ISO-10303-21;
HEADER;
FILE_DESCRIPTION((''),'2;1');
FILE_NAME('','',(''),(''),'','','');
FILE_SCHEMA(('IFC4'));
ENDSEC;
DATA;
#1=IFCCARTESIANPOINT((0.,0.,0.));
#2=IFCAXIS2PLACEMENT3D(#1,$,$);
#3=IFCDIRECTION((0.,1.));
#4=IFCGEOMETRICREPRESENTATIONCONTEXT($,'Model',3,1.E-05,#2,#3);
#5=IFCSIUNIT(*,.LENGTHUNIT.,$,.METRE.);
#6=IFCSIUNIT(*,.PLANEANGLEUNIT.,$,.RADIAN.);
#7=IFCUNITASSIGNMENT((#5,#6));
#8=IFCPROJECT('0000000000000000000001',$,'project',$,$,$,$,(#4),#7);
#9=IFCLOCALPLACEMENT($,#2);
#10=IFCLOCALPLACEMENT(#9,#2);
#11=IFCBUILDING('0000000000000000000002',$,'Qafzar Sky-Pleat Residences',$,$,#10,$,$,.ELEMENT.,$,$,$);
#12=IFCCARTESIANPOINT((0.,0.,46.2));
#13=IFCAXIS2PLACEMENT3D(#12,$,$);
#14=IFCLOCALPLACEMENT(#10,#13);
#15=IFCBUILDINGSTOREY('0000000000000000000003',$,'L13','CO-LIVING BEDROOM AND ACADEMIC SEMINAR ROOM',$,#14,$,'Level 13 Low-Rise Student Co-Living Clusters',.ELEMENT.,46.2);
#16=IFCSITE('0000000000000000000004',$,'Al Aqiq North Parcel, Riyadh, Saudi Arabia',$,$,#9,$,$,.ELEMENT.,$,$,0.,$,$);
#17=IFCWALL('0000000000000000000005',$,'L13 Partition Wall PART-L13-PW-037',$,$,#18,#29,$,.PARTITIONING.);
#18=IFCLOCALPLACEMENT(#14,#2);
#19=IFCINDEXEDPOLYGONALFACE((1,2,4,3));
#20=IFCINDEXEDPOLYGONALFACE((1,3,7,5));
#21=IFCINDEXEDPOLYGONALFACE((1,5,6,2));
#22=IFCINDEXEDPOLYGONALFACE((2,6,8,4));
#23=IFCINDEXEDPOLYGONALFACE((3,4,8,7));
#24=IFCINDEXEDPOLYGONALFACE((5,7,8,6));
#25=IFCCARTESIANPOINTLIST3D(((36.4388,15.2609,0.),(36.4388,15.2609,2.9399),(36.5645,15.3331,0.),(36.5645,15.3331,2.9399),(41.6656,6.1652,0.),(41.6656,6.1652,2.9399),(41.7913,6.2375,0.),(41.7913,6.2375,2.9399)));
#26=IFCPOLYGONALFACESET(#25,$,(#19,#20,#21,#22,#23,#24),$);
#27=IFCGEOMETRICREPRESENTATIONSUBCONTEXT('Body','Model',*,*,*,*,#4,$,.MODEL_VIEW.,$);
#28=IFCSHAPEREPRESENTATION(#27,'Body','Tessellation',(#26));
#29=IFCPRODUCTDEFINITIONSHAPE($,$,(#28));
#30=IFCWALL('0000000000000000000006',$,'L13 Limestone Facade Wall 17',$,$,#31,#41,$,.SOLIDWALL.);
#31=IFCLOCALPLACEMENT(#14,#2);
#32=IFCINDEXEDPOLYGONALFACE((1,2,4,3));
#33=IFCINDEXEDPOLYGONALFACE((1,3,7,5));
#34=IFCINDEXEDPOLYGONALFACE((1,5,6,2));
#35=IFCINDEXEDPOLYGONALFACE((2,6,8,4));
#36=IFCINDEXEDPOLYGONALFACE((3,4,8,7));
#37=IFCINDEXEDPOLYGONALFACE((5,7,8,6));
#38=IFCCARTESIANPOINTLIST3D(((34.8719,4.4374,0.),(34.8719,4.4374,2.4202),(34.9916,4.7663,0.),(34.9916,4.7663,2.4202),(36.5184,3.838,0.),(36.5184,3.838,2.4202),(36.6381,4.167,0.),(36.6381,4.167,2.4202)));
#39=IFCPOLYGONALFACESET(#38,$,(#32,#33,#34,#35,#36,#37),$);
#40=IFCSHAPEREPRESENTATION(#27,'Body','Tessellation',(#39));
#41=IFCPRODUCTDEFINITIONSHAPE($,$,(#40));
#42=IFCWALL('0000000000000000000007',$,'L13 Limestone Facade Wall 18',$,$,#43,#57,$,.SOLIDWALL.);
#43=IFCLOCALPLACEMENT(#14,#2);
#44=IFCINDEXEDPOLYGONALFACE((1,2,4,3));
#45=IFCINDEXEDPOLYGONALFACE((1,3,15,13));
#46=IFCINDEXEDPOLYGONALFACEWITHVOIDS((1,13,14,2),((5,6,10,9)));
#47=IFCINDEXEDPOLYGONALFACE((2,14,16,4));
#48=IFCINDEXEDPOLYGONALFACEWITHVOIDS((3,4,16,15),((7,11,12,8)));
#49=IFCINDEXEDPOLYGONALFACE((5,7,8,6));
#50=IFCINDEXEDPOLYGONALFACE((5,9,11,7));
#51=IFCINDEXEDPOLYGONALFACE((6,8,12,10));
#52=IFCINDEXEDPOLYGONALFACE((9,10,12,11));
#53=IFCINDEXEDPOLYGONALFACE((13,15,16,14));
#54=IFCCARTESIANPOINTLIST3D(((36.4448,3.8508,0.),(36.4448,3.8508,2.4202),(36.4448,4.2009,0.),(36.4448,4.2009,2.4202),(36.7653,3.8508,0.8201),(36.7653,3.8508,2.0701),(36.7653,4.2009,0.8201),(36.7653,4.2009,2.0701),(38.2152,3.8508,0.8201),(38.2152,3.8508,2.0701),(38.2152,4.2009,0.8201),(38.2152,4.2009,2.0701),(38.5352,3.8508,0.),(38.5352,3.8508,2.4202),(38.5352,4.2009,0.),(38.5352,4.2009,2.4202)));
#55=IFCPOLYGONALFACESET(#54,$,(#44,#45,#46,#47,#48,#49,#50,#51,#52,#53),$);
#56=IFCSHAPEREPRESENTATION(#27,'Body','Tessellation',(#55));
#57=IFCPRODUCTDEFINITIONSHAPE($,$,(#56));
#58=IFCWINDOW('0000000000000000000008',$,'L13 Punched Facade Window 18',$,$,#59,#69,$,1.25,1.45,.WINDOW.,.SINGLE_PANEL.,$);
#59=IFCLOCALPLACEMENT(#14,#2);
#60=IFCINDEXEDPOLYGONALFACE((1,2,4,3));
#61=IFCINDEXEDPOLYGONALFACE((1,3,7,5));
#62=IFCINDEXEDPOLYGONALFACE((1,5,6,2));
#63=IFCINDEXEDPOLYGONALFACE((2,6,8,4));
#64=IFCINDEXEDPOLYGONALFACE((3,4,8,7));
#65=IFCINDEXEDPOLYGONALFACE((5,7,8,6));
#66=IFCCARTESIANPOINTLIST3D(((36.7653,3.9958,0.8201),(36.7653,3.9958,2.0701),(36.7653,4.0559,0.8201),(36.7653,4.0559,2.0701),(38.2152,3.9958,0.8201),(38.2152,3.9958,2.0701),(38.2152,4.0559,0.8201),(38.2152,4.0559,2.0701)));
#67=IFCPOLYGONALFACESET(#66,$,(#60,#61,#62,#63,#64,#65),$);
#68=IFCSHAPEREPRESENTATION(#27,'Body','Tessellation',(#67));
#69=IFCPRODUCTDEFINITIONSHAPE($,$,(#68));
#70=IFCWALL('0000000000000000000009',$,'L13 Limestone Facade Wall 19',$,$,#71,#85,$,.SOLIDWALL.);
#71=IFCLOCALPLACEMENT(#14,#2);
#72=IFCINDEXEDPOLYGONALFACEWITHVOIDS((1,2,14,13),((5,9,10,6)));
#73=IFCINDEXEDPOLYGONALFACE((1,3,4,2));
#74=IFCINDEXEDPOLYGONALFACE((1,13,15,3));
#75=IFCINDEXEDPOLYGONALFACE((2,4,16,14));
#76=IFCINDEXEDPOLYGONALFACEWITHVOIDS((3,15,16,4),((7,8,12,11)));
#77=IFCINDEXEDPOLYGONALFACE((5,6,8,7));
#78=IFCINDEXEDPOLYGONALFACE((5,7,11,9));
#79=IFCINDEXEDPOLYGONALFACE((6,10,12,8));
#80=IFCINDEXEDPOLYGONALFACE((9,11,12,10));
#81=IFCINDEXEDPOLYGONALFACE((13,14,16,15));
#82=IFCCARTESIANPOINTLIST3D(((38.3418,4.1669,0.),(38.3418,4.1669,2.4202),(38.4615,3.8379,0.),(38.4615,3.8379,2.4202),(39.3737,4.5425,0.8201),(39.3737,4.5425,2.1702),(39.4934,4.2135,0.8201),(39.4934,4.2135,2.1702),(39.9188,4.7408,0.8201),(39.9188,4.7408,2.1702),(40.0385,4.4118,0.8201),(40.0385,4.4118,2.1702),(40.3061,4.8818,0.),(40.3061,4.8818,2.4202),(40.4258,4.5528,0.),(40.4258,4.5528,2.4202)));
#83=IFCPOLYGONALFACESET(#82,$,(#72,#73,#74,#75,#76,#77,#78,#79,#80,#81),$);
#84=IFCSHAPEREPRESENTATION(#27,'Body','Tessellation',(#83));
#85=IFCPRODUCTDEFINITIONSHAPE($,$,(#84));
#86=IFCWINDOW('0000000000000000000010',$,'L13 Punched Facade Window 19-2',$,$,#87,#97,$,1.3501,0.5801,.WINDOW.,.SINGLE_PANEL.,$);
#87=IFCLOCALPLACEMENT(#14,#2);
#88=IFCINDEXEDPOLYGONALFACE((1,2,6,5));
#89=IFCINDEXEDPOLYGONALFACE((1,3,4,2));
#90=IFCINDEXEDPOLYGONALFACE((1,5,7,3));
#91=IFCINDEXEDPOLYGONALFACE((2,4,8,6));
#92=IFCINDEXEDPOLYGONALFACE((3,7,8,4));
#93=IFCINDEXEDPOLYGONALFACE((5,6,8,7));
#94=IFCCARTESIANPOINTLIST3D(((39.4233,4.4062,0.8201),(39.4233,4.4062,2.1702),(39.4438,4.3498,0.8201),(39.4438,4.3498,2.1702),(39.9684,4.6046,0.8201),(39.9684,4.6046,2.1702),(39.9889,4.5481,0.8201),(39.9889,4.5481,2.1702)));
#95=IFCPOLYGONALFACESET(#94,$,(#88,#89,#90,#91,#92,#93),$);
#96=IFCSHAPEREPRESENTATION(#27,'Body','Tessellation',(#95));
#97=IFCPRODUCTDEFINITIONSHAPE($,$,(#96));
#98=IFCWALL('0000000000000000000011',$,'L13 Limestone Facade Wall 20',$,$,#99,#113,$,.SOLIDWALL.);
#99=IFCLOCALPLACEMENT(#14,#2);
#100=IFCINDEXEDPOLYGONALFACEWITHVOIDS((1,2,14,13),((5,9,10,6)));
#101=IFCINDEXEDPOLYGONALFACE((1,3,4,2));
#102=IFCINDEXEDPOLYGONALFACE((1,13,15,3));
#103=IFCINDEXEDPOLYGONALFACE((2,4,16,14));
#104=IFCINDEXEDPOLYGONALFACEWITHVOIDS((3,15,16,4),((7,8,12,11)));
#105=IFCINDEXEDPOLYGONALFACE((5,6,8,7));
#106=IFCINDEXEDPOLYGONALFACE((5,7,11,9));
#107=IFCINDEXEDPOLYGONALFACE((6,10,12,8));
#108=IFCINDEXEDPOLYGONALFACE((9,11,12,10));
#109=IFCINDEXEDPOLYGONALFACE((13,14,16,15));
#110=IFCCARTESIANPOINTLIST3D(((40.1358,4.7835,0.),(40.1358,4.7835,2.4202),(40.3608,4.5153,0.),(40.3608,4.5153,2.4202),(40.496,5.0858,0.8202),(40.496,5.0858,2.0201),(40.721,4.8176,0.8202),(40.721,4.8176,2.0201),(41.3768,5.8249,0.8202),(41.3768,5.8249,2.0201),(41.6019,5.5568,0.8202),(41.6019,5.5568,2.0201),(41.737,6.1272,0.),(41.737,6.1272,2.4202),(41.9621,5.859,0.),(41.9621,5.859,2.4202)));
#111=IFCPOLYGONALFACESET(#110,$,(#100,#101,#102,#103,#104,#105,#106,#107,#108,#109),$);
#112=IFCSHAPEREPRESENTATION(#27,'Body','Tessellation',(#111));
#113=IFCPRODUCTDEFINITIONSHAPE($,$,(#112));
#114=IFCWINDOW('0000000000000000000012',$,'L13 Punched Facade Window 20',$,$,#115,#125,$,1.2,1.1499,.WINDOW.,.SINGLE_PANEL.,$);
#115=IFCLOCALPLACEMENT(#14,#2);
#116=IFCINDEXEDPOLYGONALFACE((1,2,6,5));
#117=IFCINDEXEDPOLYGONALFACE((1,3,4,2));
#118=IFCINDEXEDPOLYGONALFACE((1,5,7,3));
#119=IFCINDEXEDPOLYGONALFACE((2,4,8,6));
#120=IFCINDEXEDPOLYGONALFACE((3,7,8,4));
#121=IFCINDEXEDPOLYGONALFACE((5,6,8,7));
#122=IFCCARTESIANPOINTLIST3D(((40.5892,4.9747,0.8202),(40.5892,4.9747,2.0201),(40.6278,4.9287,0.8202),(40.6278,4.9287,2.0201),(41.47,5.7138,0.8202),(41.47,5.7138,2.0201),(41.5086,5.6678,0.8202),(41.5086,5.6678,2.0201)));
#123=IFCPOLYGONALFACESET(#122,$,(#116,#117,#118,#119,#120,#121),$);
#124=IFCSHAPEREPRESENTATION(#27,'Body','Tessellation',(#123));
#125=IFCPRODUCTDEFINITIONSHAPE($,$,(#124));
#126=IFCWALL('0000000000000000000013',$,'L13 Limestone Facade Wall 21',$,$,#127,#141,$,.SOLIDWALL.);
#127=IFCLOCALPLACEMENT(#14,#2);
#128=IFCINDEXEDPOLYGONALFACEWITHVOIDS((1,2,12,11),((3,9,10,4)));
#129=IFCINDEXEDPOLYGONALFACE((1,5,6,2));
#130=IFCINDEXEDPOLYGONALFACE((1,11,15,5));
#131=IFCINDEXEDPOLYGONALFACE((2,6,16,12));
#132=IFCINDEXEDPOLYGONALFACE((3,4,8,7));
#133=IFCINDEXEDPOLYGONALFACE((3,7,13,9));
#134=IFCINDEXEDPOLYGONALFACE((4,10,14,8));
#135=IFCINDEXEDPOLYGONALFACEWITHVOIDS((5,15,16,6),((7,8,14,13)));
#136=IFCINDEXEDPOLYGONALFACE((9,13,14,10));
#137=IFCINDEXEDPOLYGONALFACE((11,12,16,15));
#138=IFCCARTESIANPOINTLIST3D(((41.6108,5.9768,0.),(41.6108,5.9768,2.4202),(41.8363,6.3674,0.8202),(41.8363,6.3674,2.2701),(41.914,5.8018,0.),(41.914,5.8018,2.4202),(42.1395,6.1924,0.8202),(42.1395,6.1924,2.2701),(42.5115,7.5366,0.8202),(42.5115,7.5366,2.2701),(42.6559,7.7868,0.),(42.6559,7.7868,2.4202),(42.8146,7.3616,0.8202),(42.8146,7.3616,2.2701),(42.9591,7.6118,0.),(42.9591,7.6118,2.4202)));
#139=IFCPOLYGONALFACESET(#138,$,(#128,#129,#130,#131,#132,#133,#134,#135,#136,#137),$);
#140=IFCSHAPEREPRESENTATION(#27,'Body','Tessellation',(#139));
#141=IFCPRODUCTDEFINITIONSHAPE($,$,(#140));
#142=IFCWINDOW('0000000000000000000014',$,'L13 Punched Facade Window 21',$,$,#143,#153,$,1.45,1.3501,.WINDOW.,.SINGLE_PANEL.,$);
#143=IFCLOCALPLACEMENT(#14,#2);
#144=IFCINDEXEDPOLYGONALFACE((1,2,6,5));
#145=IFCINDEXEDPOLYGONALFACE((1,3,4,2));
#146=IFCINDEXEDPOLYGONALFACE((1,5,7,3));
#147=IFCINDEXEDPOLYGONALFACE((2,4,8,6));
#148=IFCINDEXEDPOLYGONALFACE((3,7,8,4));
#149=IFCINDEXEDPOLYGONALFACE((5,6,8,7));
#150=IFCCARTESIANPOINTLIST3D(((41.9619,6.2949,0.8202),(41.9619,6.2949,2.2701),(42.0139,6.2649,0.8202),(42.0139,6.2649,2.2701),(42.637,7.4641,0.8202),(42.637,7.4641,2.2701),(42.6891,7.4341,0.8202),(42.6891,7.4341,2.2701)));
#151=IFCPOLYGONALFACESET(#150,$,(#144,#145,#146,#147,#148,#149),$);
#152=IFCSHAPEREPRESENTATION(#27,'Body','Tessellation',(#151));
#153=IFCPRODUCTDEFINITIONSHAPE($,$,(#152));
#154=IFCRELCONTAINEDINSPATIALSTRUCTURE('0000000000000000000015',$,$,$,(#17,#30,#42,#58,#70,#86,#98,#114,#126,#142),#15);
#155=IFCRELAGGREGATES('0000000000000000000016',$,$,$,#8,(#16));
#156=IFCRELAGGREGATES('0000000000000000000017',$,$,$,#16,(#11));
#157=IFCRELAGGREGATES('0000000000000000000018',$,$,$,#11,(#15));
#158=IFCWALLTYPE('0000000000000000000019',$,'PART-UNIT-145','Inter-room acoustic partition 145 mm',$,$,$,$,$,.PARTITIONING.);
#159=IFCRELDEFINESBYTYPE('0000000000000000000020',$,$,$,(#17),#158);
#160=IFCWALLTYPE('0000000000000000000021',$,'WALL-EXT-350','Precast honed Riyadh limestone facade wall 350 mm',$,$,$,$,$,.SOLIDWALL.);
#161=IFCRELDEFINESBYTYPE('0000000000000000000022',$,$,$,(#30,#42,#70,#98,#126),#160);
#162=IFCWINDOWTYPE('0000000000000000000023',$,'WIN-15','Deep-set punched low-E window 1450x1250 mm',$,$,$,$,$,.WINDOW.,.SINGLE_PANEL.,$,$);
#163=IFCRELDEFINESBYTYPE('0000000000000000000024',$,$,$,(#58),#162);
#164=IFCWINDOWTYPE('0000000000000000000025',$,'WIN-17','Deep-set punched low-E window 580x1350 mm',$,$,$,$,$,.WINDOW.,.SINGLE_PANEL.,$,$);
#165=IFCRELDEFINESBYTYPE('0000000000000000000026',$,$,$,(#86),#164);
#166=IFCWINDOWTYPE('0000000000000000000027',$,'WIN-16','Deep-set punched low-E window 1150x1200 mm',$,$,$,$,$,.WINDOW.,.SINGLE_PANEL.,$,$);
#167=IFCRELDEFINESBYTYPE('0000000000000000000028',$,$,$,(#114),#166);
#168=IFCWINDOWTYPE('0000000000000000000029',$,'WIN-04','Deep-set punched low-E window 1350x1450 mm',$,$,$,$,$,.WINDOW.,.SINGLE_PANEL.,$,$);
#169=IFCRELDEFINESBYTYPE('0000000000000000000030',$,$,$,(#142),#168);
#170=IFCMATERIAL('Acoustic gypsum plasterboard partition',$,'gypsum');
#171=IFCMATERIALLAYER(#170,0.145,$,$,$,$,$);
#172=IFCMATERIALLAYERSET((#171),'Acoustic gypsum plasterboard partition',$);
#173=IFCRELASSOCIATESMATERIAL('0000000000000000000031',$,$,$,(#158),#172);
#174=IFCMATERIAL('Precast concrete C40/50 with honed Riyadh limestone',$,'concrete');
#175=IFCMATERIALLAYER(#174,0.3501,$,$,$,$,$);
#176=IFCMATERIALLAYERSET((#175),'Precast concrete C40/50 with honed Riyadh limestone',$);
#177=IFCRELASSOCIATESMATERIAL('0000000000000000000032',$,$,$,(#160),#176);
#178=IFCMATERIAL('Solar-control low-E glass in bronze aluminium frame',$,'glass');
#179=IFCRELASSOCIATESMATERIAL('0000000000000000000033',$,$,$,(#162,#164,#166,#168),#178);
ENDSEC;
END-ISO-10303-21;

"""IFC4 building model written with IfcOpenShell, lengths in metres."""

from ifc_helpers import new_model, si_unit, direction, frame, frame_2d, origin, place, context, subcontext, project, spatial, rectangle, extrude, source, transform, mapped, material, layer, layer_set, type_object, element, fill, save


model = new_model("IFC4")

# Units and contexts
model_context = context("Model", 3, precision=1e-05, world=origin(), true_north=direction((0.0, 1.0)))
body_context = subcontext(model_context, "Body", "Model", "MODEL_VIEW")
ifc_project = project(units=[si_unit("LENGTHUNIT", "METRE"), si_unit("PLANEANGLEUNIT", "RADIAN")], contexts=[model_context])

# Site, building, storey
site_placement = place(None, origin())
site = spatial("IfcSite", under=ifc_project, at=site_placement, Name="Al Aqiq North Parcel, Riyadh, Saudi Arabia", CompositionType="ELEMENT", RefElevation=0.0)
building_placement = place(site_placement, origin())
building = spatial("IfcBuilding", under=site, at=building_placement, Name="Qafzar Sky-Pleat Residences", CompositionType="ELEMENT")
storey_placement = place(building_placement, frame((0.0, 0.0, 46.2)))
storey = spatial("IfcBuildingStorey", under=building, at=storey_placement, Name="L13", Description="CO-LIVING BEDROOM AND ACADEMIC SEMINAR ROOM", LongName="Level 13 Low-Rise Student Co-Living Clusters", CompositionType="ELEMENT", Elevation=46.2)

# Shared definitions
ifc_material_1 = material(Name="Acoustic gypsum plasterboard partition", Category="gypsum")

# Walls
ifc_layer_1 = layer(ifc_material_1, 0.145)
ifc_layer_set_1 = layer_set([ifc_layer_1], Name="Acoustic gypsum plasterboard partition")
wall_type_1 = type_object("IfcWallType", Name="PART-UNIT-145", Description="Inter-room acoustic partition 145 mm", PredefinedType="PARTITIONING", material=ifc_layer_set_1)
wall_1_placement = place(storey_placement, frame((36.5017, 15.2969, 0.0), z_axis=(0.0, 0.0, 1.0), x_axis=(0.49824, -0.867039, 0.0)))
element("IfcWall", 1, at=wall_1_placement, inside=storey, type_object=wall_type_1, Name="L13 Partition Wall PART-L13-PW-037", PredefinedType="PARTITIONING", context=body_context, shape_type="SweptSolid", body=[
    extrude(rectangle(XDim=10.4905, YDim=0.145, at=frame_2d((5.2451, 0.0))), origin(), (0.0, 0.0, 1.0), 2.9399),
])
ifc_material_2 = material(Name="Precast concrete C40/50 with honed Riyadh limestone", Category="concrete")
ifc_layer_2 = layer(ifc_material_2, 0.3501)
ifc_layer_set_2 = layer_set([ifc_layer_2], Name="Precast concrete C40/50 with honed Riyadh limestone")
wall_type_2 = type_object("IfcWallType", Name="WALL-EXT-350", Description="Precast honed Riyadh limestone facade wall 350 mm", PredefinedType="SOLIDWALL", material=ifc_layer_set_2)
wall_2_placement = place(storey_placement, frame((34.9319, 4.6018, 0.0), z_axis=(0.0, 0.0, 1.0), x_axis=(0.939675, -0.342067, 0.0)))
element("IfcWall", 2, at=wall_2_placement, inside=storey, type_object=wall_type_2, Name="L13 Limestone Facade Wall 17", PredefinedType="SOLIDWALL", context=body_context, shape_type="SweptSolid", body=[
    extrude(rectangle(XDim=1.7522, YDim=0.3501, at=frame_2d((0.876, 0.0))), origin(), (0.0, 0.0, 1.0), 2.4202),
])

# Walls, openings, windows
wall_3_placement = place(storey_placement, frame((36.4448, 4.0259, 0.0), z_axis=(0.0, 0.0, 1.0), x_axis=(1.0, 0.0, 0.0)))
wall_3 = element("IfcWall", 3, at=wall_3_placement, inside=storey, type_object=wall_type_2, Name="L13 Limestone Facade Wall 18", PredefinedType="SOLIDWALL", context=body_context, shape_type="SweptSolid", body=[
    extrude(rectangle(XDim=2.0903, YDim=0.3501, at=frame_2d((1.0452, 0.0))), origin(), (0.0, 0.0, 1.0), 2.4202),
])
opening_1_placement = place(wall_3_placement, frame((0.3203, 0.0, 0.8201)))
opening_1 = element("IfcOpeningElement", 4, at=opening_1_placement, cuts=wall_3, PredefinedType="OPENING", context=body_context, shape_type="SweptSolid", body=[
    extrude(rectangle(XDim=1.45, YDim=1.25, at=frame_2d((0.7251, 0.625))), frame((0.0, 0.1851, 0.0), z_axis=(0.0, -1.0, 0.0), x_axis=(1.0, 0.0, 0.0)), (0.0, 0.0, 1.0), 0.3701),
])
ifc_material_3 = material(Name="Solar-control low-E glass in bronze aluminium frame", Category="glass")
window_type_1 = type_object("IfcWindowType", Name="WIN-15", Description="Deep-set punched low-E window 1450x1250 mm", PartitioningType="SINGLE_PANEL", PredefinedType="WINDOW", material=ifc_material_3)
shared_shape_1 = source(origin(), body_context, "Body", "SweptSolid", [
    extrude(rectangle(XDim=1.45, YDim=1.25, at=frame_2d((0.7251, 0.625))), frame((0.0, 0.03, 0.0), z_axis=(0.0, -1.0, 0.0), x_axis=(1.0, 0.0, 0.0)), (0.0, 0.0, 1.0), 0.0601),
])
window_1_placement = place(opening_1_placement, origin())
window_1 = element("IfcWindow", 5, at=window_1_placement, inside=storey, type_object=window_type_1, Name="L13 Punched Facade Window 18", OverallHeight=1.25, OverallWidth=1.45, PartitioningType="SINGLE_PANEL", PredefinedType="WINDOW", context=body_context, shape_type="MappedRepresentation", body=[
    mapped(shared_shape_1, transform((0.0, 0.0, 0.0), x_axis=(1.0, 0.0, 0.0), y_axis=(0.0, 1.0, 0.0), z_axis=(0.0, 0.0, 1.0), scale=1.0)),
])
fill(opening_1, window_1)
wall_4_placement = place(storey_placement, frame((38.4016, 4.0024, 0.0), z_axis=(0.0, 0.0, 1.0), x_axis=(0.939712, 0.341968, 0.0)))
wall_4 = element("IfcWall", 6, at=wall_4_placement, inside=storey, type_object=wall_type_2, Name="L13 Limestone Facade Wall 19", PredefinedType="SOLIDWALL", context=body_context, shape_type="SweptSolid", body=[
    extrude(rectangle(XDim=2.0903, YDim=0.3501, at=frame_2d((1.0452, 0.0))), origin(), (0.0, 0.0, 1.0), 2.4202),
])
opening_2_placement = place(wall_4_placement, frame((1.0981, 0.0, 0.8201)))
opening_2 = element("IfcOpeningElement", 7, at=opening_2_placement, cuts=wall_4, PredefinedType="OPENING", context=body_context, shape_type="SweptSolid", body=[
    extrude(rectangle(XDim=0.5801, YDim=1.3501, at=frame_2d((0.29, 0.675))), frame((0.0, 0.1851, 0.0), z_axis=(0.0, -1.0, 0.0), x_axis=(1.0, 0.0, 0.0)), (0.0, 0.0, 1.0), 0.3701),
])
window_type_2 = type_object("IfcWindowType", Name="WIN-17", Description="Deep-set punched low-E window 580x1350 mm", PartitioningType="SINGLE_PANEL", PredefinedType="WINDOW", material=ifc_material_3)
shared_shape_2 = source(origin(), body_context, "Body", "SweptSolid", [
    extrude(rectangle(XDim=0.5801, YDim=1.3501, at=frame_2d((0.29, 0.675))), frame((0.0, 0.03, 0.0), z_axis=(0.0, -1.0, 0.0), x_axis=(1.0, 0.0, 0.0)), (0.0, 0.0, 1.0), 0.0601),
])
window_2_placement = place(opening_2_placement, origin())
window_2 = element("IfcWindow", 8, at=window_2_placement, inside=storey, type_object=window_type_2, Name="L13 Punched Facade Window 19-2", OverallHeight=1.3501, OverallWidth=0.5801, PartitioningType="SINGLE_PANEL", PredefinedType="WINDOW", context=body_context, shape_type="MappedRepresentation", body=[
    mapped(shared_shape_2, transform((0.0, 0.0, 0.0), x_axis=(1.0, 0.0, 0.0), y_axis=(0.0, 1.0, 0.0), z_axis=(0.0, 0.0, 1.0), scale=1.0)),
])
fill(opening_2, window_2)
wall_5_placement = place(storey_placement, frame((40.2483, 4.6494, 0.0), z_axis=(0.0, 0.0, 1.0), x_axis=(0.766025, 0.642811, 0.0)))
wall_5 = element("IfcWall", 9, at=wall_5_placement, inside=storey, type_object=wall_type_2, Name="L13 Limestone Facade Wall 20", PredefinedType="SOLIDWALL", context=body_context, shape_type="SweptSolid", body=[
    extrude(rectangle(XDim=2.0903, YDim=0.3501, at=frame_2d((1.0452, 0.0))), origin(), (0.0, 0.0, 1.0), 2.4202),
])
opening_3_placement = place(wall_5_placement, frame((0.4702, 0.0, 0.8201)))
opening_3 = element("IfcOpeningElement", 10, at=opening_3_placement, cuts=wall_5, PredefinedType="OPENING", context=body_context, shape_type="SweptSolid", body=[
    extrude(rectangle(XDim=1.1499, YDim=1.2, at=frame_2d((0.575, 0.6001))), frame((0.0, 0.1851, 0.0), z_axis=(0.0, -1.0, 0.0), x_axis=(1.0, 0.0, 0.0)), (0.0, 0.0, 1.0), 0.3701),
])
window_type_3 = type_object("IfcWindowType", Name="WIN-16", Description="Deep-set punched low-E window 1150x1200 mm", PartitioningType="SINGLE_PANEL", PredefinedType="WINDOW", material=ifc_material_3)
shared_shape_3 = source(origin(), body_context, "Body", "SweptSolid", [
    extrude(rectangle(XDim=1.1499, YDim=1.2, at=frame_2d((0.575, 0.6001))), frame((0.0, 0.03, 0.0), z_axis=(0.0, -1.0, 0.0), x_axis=(1.0, 0.0, 0.0)), (0.0, 0.0, 1.0), 0.0601),
])
window_3_placement = place(opening_3_placement, origin())
window_3 = element("IfcWindow", 11, at=window_3_placement, inside=storey, type_object=window_type_3, Name="L13 Punched Facade Window 20", OverallHeight=1.2, OverallWidth=1.1499, PartitioningType="SINGLE_PANEL", PredefinedType="WINDOW", context=body_context, shape_type="MappedRepresentation", body=[
    mapped(shared_shape_3, transform((0.0, 0.0, 0.0), x_axis=(1.0, 0.0, 0.0), y_axis=(0.0, 1.0, 0.0), z_axis=(0.0, 0.0, 1.0), scale=1.0)),
])
fill(opening_3, window_3)
wall_6_placement = place(storey_placement, frame((41.7625, 5.8894, 0.0), z_axis=(0.0, 0.0, 1.0), x_axis=(0.500046, 0.865999, 0.0)))
wall_6 = element("IfcWall", 12, at=wall_6_placement, inside=storey, type_object=wall_type_2, Name="L13 Limestone Facade Wall 21", PredefinedType="SOLIDWALL", context=body_context, shape_type="SweptSolid", body=[
    extrude(rectangle(XDim=2.0901, YDim=0.3501, at=frame_2d((1.0449, 0.0))), origin(), (0.0, 0.0, 1.0), 2.4202),
])
opening_4_placement = place(wall_6_placement, frame((0.4509, 0.0, 0.8201)))
opening_4 = element("IfcOpeningElement", 13, at=opening_4_placement, cuts=wall_6, PredefinedType="OPENING", context=body_context, shape_type="SweptSolid", body=[
    extrude(rectangle(XDim=1.3501, YDim=1.45, at=frame_2d((0.675, 0.7251))), frame((0.0, 0.1851, 0.0), z_axis=(0.0, -1.0, 0.0), x_axis=(1.0, 0.0, 0.0)), (0.0, 0.0, 1.0), 0.3701),
])
window_type_4 = type_object("IfcWindowType", Name="WIN-04", Description="Deep-set punched low-E window 1350x1450 mm", PartitioningType="SINGLE_PANEL", PredefinedType="WINDOW", material=ifc_material_3)
shared_shape_4 = source(origin(), body_context, "Body", "SweptSolid", [
    extrude(rectangle(XDim=1.3501, YDim=1.45, at=frame_2d((0.675, 0.7251))), frame((0.0, 0.03, 0.0), z_axis=(0.0, -1.0, 0.0), x_axis=(1.0, 0.0, 0.0)), (0.0, 0.0, 1.0), 0.0601),
])
window_4_placement = place(opening_4_placement, origin())
window_4 = element("IfcWindow", 14, at=window_4_placement, inside=storey, type_object=window_type_4, Name="L13 Punched Facade Window 21", OverallHeight=1.45, OverallWidth=1.3501, PartitioningType="SINGLE_PANEL", PredefinedType="WINDOW", context=body_context, shape_type="MappedRepresentation", body=[
    mapped(shared_shape_4, transform((0.0, 0.0, 0.0), x_axis=(1.0, 0.0, 0.0), y_axis=(0.0, 1.0, 0.0), z_axis=(0.0, 0.0, 1.0), scale=1.0)),
])
fill(opening_4, window_4)

save(model, "model.ifc")
